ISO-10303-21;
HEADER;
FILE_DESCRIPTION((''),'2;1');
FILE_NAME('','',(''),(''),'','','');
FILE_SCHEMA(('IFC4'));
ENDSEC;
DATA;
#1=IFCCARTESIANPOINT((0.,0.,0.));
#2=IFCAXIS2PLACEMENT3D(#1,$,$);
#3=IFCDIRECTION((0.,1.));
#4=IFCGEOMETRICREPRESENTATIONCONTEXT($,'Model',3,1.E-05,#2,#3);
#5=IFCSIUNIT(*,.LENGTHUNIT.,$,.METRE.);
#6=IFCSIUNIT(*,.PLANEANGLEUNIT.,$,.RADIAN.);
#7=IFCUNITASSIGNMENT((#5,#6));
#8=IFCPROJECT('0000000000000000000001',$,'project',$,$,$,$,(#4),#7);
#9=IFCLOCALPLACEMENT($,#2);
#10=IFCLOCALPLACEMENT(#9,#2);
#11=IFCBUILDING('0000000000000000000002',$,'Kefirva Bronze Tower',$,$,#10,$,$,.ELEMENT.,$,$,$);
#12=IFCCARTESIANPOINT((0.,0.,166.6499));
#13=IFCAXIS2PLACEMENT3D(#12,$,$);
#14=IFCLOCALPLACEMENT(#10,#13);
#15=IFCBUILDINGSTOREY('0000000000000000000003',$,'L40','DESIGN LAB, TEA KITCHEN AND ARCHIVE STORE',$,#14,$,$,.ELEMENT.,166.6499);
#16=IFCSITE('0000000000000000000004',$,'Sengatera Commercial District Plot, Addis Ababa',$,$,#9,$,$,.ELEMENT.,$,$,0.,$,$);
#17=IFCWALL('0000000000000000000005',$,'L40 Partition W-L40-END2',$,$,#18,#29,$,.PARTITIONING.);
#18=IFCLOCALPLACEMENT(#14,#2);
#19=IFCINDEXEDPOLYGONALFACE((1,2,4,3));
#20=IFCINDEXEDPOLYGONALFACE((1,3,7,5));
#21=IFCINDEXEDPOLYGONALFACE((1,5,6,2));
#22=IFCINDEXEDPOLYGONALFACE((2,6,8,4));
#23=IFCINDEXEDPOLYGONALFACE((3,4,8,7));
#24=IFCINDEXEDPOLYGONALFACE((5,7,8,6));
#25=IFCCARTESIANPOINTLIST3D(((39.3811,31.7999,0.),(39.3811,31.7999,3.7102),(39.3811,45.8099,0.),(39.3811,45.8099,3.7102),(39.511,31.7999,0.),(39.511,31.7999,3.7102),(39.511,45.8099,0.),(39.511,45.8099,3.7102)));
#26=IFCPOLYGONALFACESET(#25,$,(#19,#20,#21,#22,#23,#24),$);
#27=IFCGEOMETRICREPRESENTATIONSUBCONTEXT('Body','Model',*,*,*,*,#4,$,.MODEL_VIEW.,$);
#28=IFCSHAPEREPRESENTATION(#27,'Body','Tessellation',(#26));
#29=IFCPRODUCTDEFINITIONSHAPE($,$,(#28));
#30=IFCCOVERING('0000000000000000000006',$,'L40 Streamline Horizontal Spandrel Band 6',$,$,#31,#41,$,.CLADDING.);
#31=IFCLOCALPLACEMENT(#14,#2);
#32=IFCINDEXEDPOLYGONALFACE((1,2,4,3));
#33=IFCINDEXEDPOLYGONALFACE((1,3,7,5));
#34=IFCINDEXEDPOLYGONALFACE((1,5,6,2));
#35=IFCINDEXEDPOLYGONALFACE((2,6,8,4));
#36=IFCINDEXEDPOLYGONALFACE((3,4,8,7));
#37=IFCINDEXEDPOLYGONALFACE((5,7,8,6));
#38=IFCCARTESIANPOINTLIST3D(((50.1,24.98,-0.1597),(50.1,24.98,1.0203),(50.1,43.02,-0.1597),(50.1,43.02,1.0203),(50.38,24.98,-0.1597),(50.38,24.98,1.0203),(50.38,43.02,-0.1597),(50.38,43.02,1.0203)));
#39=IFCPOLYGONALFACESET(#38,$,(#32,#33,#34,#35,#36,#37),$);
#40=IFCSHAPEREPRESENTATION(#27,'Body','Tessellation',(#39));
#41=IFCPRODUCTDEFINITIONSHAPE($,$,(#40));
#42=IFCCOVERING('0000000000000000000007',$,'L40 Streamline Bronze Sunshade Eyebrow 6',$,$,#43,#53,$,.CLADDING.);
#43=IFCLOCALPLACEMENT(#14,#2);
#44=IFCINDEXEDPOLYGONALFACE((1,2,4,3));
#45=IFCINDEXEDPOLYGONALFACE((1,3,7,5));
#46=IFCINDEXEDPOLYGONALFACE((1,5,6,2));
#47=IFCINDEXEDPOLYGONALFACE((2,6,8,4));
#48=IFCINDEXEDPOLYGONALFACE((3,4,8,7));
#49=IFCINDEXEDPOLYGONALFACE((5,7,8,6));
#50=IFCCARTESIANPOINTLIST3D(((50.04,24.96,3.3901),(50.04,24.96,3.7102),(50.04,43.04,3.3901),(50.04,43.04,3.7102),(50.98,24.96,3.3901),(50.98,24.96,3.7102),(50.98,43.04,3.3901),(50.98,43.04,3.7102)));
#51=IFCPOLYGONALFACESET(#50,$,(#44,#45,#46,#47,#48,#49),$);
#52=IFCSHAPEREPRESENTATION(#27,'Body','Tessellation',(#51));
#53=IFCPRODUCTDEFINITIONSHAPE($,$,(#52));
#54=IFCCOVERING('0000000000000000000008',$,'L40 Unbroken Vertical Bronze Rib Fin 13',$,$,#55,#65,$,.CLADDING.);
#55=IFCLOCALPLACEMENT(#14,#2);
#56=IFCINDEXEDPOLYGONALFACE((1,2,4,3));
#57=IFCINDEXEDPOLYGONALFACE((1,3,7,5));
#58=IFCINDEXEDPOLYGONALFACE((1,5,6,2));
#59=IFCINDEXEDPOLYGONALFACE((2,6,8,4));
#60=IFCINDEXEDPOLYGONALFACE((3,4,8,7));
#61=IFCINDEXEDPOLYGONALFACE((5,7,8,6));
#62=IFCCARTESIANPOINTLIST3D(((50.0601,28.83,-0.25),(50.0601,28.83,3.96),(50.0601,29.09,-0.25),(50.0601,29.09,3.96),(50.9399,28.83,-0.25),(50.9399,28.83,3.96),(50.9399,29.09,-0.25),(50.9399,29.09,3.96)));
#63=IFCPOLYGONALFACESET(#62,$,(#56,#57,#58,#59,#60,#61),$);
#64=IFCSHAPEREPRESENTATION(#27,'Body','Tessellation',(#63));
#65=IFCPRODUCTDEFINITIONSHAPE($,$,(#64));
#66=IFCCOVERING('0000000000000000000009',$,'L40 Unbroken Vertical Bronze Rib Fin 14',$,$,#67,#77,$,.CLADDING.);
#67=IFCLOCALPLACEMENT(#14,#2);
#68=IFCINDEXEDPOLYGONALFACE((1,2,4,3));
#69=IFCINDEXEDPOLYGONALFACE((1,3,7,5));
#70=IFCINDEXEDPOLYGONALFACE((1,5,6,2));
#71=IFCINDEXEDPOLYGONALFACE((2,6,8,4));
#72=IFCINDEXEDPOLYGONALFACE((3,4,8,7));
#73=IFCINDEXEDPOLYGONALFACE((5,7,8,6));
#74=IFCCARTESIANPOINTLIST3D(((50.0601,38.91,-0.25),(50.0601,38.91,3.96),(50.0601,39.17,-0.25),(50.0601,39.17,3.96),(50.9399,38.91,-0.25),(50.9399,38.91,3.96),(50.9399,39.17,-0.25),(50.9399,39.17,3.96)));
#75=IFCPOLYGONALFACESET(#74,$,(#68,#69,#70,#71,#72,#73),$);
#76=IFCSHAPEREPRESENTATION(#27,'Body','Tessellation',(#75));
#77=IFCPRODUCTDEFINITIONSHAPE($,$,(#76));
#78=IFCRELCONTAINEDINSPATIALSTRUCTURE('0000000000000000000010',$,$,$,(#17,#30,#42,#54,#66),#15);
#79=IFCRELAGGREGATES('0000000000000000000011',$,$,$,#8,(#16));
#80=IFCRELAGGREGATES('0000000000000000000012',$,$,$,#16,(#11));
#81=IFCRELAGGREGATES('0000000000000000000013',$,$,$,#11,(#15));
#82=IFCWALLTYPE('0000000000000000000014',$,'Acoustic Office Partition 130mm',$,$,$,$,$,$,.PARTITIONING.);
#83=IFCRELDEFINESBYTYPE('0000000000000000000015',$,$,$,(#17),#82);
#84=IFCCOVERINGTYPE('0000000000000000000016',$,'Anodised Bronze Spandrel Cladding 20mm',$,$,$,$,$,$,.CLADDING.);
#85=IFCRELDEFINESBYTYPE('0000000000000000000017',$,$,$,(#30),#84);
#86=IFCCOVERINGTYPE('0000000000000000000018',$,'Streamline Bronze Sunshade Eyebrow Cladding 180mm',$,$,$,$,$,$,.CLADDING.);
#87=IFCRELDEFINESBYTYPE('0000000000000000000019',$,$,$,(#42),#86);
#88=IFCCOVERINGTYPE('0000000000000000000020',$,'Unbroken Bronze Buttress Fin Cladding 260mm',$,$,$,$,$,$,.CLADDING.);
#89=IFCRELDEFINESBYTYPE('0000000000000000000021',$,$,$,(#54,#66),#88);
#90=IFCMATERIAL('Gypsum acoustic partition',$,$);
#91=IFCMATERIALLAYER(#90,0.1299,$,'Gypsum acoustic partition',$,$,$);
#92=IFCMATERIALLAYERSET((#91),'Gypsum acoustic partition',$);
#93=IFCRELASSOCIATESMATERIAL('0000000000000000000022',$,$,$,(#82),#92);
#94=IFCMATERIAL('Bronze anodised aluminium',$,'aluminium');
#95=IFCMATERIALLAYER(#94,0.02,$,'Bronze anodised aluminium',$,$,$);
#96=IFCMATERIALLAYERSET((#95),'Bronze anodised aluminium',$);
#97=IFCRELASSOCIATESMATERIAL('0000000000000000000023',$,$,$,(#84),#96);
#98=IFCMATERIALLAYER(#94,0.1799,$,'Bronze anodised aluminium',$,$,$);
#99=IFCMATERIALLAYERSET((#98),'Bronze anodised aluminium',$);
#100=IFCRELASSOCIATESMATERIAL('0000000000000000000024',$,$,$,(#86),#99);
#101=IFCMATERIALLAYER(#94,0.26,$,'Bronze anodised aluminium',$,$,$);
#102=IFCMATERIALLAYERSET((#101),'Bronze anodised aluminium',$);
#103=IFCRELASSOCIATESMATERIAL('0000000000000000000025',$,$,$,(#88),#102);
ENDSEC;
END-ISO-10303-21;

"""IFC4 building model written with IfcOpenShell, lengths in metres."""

from ifc_helpers import new_model, si_unit, direction, frame, frame_2d, origin, origin_2d, place, context, subcontext, project, spatial, rectangle, extrude, material, layer, layer_set, type_object, element, save


model = new_model("IFC4")

# Units and contexts
model_context = context("Model", 3, precision=1e-05, world=origin(), true_north=direction((0.0, 1.0)))
body_context = subcontext(model_context, "Body", "Model", "MODEL_VIEW")
ifc_project = project(units=[si_unit("LENGTHUNIT", "METRE"), si_unit("PLANEANGLEUNIT", "RADIAN")], contexts=[model_context])

# Site, building, storey
site_placement = place(None, origin())
site = spatial("IfcSite", under=ifc_project, at=site_placement, Name="Sengatera Commercial District Plot, Addis Ababa", CompositionType="ELEMENT", RefElevation=0.0)
building_placement = place(site_placement, origin())
building = spatial("IfcBuilding", under=site, at=building_placement, Name="Kefirva Bronze Tower", CompositionType="ELEMENT")
storey_placement = place(building_placement, frame((0.0, 0.0, 166.6499)))
storey = spatial("IfcBuildingStorey", under=building, at=storey_placement, Name="L40", Description="DESIGN LAB, TEA KITCHEN AND ARCHIVE STORE", CompositionType="ELEMENT", Elevation=166.6499)

# Shared definitions
ifc_material_1 = material(Name="Bronze anodised aluminium", Category="aluminium")

# Wall
ifc_material_2 = material(Name="Gypsum acoustic partition")
ifc_layer_1 = layer(ifc_material_2, 0.1299, Name="Gypsum acoustic partition")
ifc_layer_set_1 = layer_set([ifc_layer_1], Name="Gypsum acoustic partition")
wall_type = type_object("IfcWallType", Name="Acoustic Office Partition 130mm", PredefinedType="PARTITIONING", material=ifc_layer_set_1)
wall_placement = place(storey_placement, frame((39.446, 31.8, 0.0), z_axis=(0.0, 0.0, 1.0), x_axis=(0.0, 1.0, 0.0)))
element("IfcWall", 1, at=wall_placement, inside=storey, type_object=wall_type, Name="L40 Partition W-L40-END2", PredefinedType="PARTITIONING", context=body_context, shape_type="SweptSolid", body=[
    extrude(rectangle(XDim=14.01, YDim=0.1299, at=frame_2d((7.0049, 0.0))), origin(), (0.0, 0.0, 1.0), 3.7102),
])

# Coverings
ifc_layer_2 = layer(ifc_material_1, 0.02, Name="Bronze anodised aluminium")
ifc_layer_set_2 = layer_set([ifc_layer_2], Name="Bronze anodised aluminium")
covering_type_1 = type_object("IfcCoveringType", Name="Anodised Bronze Spandrel Cladding 20mm", PredefinedType="CLADDING", material=ifc_layer_set_2)
covering_1_placement = place(storey_placement, frame((50.24, 34.0, -0.1597), z_axis=(0.0, 0.0, 1.0), x_axis=(0.0, 1.0, 0.0)))
element("IfcCovering", 2, at=covering_1_placement, inside=storey, type_object=covering_type_1, Name="L40 Streamline Horizontal Spandrel Band 6", PredefinedType="CLADDING", context=body_context, shape_type="SweptSolid", body=[
    extrude(rectangle(XDim=18.04, YDim=0.28, at=origin_2d()), origin(), (0.0, 0.0, 1.0), 1.1799),
])
ifc_layer_3 = layer(ifc_material_1, 0.1799, Name="Bronze anodised aluminium")
ifc_layer_set_3 = layer_set([ifc_layer_3], Name="Bronze anodised aluminium")
covering_type_2 = type_object("IfcCoveringType", Name="Streamline Bronze Sunshade Eyebrow Cladding 180mm", PredefinedType="CLADDING", material=ifc_layer_set_3)
covering_2_placement = place(storey_placement, frame((50.51, 34.0, 3.3901), z_axis=(0.0, 0.0, 1.0), x_axis=(0.0, 1.0, 0.0)))
element("IfcCovering", 3, at=covering_2_placement, inside=storey, type_object=covering_type_2, Name="L40 Streamline Bronze Sunshade Eyebrow 6", PredefinedType="CLADDING", context=body_context, shape_type="SweptSolid", body=[
    extrude(rectangle(XDim=18.0801, YDim=0.9399, at=origin_2d()), origin(), (0.0, 0.0, 1.0), 0.3201),
])
ifc_layer_4 = layer(ifc_material_1, 0.26, Name="Bronze anodised aluminium")
ifc_layer_set_4 = layer_set([ifc_layer_4], Name="Bronze anodised aluminium")
covering_type_3 = type_object("IfcCoveringType", Name="Unbroken Bronze Buttress Fin Cladding 260mm", PredefinedType="CLADDING", material=ifc_layer_set_4)
for number, where, z_axis, x_axis, name in (
    (4, (50.5, 28.96, -0.25), (0.0, 0.0, 1.0), (0.0, 1.0, 0.0), "L40 Unbroken Vertical Bronze Rib Fin 13"),
    (5, (50.5, 39.04, -0.25), (0.0, 0.0, 1.0), (0.0, 1.0, 0.0), "L40 Unbroken Vertical Bronze Rib Fin 14"),
):
    element("IfcCovering", number, at=place(storey_placement, frame(where, z_axis=z_axis, x_axis=x_axis)), inside=storey, type_object=covering_type_3, Name=name, PredefinedType="CLADDING", context=body_context, shape_type="SweptSolid", body=[
        extrude(rectangle(XDim=0.26, YDim=0.8799, at=origin_2d()), origin(), (0.0, 0.0, 1.0), 4.21),
    ])

save(model, "model.ifc")
